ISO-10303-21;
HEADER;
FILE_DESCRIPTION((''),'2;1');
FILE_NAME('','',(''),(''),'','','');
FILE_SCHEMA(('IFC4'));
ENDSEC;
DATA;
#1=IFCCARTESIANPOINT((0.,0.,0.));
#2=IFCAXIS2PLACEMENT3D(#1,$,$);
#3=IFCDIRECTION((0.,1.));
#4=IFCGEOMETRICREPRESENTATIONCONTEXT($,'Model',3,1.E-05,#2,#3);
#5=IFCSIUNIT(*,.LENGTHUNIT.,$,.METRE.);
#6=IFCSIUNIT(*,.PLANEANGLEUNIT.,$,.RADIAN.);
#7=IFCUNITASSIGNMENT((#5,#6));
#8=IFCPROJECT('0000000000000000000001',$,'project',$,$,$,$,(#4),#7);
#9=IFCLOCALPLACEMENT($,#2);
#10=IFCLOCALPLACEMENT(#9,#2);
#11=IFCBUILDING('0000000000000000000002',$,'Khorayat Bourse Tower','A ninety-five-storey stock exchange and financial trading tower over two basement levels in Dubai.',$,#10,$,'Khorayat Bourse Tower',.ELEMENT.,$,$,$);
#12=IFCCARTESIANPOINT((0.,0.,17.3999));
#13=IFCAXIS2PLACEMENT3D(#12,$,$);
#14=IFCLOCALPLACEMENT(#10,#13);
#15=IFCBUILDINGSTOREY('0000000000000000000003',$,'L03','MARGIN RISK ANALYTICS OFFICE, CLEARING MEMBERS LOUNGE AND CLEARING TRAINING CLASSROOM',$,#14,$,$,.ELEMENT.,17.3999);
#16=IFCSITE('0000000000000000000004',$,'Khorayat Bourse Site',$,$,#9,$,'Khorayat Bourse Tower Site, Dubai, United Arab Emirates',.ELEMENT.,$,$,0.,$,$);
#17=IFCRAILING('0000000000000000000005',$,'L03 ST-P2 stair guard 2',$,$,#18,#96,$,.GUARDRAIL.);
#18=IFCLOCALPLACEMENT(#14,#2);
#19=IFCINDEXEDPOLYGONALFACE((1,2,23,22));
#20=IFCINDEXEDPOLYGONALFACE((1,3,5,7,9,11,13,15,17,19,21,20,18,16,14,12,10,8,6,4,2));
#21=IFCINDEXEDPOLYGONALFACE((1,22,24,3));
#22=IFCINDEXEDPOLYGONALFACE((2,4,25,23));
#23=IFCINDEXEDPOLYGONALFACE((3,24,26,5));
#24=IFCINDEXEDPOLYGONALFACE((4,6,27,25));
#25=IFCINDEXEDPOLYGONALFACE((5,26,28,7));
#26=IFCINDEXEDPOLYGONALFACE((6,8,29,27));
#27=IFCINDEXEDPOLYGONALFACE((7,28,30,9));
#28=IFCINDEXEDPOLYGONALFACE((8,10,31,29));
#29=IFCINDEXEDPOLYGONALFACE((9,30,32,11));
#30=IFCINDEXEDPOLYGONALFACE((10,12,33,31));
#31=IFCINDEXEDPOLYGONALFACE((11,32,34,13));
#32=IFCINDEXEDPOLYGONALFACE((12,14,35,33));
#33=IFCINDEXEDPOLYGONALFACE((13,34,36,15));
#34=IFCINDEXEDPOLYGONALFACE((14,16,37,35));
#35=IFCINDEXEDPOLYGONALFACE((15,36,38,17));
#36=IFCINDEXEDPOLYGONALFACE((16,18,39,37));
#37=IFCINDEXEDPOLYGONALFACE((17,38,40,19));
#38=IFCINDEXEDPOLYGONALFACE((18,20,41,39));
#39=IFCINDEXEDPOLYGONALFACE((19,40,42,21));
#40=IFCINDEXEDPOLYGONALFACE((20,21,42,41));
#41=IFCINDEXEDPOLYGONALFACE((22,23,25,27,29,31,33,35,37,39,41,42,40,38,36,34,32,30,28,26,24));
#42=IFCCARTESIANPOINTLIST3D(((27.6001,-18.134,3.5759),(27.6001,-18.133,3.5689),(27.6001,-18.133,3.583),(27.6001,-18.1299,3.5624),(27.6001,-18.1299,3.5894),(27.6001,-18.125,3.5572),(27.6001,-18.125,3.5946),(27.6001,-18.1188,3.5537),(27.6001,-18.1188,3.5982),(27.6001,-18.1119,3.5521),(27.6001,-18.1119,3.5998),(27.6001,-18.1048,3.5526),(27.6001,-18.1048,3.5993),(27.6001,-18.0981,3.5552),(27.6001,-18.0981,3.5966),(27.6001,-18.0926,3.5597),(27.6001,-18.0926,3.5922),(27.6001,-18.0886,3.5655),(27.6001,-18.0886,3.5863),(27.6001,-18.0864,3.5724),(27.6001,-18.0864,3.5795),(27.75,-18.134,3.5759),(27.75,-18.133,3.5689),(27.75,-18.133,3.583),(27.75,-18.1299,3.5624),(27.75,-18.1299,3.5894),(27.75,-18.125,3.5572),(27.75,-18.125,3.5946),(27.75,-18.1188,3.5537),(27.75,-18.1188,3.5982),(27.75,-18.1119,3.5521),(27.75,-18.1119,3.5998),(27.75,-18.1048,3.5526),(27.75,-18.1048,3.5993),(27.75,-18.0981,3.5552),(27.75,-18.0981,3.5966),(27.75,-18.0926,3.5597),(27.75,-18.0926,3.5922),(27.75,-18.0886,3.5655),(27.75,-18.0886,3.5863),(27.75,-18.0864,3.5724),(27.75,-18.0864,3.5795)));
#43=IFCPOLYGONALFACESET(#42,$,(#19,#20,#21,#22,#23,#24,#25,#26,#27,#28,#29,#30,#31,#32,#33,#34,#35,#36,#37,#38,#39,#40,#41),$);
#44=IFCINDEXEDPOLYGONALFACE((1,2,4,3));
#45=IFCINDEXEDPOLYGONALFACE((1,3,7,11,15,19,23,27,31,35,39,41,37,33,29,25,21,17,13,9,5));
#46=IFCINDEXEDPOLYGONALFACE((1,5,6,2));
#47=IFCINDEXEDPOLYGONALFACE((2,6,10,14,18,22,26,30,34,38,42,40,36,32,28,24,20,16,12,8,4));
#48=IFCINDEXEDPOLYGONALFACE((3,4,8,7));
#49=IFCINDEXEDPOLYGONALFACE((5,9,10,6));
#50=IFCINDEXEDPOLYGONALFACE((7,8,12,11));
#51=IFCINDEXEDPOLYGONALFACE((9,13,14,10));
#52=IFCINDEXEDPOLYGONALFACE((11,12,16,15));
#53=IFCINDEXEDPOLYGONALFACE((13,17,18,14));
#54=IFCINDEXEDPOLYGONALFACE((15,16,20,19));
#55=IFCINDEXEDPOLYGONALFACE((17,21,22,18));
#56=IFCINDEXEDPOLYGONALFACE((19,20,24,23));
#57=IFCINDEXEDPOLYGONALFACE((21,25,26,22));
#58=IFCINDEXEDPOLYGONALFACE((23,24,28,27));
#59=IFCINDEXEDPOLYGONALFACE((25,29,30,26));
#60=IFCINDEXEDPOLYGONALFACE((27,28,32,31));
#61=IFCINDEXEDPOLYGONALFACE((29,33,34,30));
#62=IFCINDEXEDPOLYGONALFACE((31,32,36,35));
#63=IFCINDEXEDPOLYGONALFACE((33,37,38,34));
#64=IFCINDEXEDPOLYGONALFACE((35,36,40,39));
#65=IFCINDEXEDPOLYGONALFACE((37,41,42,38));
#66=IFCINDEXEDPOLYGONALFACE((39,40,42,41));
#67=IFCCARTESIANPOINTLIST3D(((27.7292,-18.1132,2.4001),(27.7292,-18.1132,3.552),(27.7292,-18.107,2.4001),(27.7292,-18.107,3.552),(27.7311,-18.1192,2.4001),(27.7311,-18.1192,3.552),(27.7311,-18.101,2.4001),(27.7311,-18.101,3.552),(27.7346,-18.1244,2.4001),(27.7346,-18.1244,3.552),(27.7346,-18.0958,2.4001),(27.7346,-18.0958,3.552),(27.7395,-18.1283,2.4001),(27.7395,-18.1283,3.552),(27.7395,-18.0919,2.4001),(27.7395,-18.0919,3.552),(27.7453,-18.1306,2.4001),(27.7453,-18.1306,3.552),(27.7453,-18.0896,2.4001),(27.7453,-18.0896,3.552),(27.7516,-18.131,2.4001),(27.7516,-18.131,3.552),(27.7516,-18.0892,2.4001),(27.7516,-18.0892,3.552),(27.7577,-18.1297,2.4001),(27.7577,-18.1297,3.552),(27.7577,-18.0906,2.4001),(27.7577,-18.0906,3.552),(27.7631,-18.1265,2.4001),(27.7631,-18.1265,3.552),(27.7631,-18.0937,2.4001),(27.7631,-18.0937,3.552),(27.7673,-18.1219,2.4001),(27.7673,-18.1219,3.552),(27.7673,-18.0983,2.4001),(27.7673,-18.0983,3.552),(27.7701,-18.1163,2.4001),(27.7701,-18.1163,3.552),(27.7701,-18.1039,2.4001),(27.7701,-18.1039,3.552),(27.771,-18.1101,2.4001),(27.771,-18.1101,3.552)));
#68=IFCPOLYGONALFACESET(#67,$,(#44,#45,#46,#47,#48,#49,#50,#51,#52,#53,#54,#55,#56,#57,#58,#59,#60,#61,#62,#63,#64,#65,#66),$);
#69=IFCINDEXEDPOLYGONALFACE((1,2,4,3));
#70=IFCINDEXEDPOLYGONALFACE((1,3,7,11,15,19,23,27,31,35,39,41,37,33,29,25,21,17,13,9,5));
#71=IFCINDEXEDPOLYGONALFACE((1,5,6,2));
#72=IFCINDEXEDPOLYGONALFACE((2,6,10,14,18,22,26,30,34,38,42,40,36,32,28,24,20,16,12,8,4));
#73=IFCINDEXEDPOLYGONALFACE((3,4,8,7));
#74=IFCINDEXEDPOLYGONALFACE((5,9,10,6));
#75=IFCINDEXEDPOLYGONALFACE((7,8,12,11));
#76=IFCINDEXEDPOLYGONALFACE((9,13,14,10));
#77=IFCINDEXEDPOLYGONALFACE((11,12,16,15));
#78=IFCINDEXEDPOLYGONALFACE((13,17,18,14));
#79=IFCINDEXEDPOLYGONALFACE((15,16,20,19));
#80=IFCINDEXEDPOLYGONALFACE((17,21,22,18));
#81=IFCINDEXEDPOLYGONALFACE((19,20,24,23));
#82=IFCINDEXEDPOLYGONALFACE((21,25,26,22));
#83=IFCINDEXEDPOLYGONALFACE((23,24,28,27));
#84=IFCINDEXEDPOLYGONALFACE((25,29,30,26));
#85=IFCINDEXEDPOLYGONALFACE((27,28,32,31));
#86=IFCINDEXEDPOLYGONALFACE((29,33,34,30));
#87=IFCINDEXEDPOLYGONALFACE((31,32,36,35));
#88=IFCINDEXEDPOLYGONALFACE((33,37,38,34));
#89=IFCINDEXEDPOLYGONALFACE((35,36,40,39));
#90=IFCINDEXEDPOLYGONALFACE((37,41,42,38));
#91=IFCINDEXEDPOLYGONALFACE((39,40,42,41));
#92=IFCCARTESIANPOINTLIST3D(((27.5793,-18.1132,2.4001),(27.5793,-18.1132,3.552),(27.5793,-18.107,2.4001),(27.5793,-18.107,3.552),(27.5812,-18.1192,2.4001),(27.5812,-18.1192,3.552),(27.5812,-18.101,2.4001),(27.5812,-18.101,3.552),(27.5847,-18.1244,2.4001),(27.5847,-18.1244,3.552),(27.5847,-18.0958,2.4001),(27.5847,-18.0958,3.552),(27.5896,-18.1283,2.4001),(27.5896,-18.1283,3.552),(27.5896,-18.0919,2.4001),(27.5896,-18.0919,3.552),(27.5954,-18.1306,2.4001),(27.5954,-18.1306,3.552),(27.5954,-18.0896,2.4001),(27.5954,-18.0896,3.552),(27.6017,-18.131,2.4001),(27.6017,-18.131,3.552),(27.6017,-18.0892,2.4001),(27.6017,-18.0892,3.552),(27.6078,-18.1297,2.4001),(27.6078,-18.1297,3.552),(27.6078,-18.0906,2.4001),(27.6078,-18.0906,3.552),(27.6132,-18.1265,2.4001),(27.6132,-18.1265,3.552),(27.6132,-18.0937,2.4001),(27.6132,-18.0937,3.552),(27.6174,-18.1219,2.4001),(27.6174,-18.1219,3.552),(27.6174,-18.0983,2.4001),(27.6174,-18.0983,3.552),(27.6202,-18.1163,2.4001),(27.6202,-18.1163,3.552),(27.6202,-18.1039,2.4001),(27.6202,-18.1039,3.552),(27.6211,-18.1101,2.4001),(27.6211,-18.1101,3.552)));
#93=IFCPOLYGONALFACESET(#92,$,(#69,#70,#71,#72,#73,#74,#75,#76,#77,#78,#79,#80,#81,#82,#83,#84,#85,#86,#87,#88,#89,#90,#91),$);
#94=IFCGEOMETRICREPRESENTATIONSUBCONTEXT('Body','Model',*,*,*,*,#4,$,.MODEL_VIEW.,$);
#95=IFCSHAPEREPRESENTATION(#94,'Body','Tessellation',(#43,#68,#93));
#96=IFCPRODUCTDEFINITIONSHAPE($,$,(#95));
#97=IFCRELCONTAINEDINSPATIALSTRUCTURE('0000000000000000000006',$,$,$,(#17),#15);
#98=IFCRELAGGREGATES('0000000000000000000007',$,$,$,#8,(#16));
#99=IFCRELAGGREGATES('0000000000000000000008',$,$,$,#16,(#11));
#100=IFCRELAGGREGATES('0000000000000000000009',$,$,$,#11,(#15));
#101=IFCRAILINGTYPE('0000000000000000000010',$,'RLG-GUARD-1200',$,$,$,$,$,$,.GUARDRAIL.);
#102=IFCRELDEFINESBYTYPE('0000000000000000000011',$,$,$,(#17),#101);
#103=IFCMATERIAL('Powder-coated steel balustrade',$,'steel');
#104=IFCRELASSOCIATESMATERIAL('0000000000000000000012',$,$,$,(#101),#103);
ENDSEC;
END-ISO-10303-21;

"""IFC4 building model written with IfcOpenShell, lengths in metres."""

from ifc_helpers import new_model, si_unit, direction, frame, origin, origin_2d, place, context, subcontext, project, spatial, circle, extrude, source, transform, mapped, material, type_object, element, save


model = new_model("IFC4")

# Units and contexts
model_context = context("Model", 3, precision=1e-05, world=origin(), true_north=direction((0.0, 1.0)))
body_context = subcontext(model_context, "Body", "Model", "MODEL_VIEW")
ifc_project = project(units=[si_unit("LENGTHUNIT", "METRE"), si_unit("PLANEANGLEUNIT", "RADIAN")], contexts=[model_context])

# Site, building, storey
site_placement = place(None, origin())
site = spatial("IfcSite", under=ifc_project, at=site_placement, Name="Khorayat Bourse Site", LongName="Khorayat Bourse Tower Site, Dubai, United Arab Emirates", CompositionType="ELEMENT", RefElevation=0.0)
building_placement = place(site_placement, origin())
building = spatial("IfcBuilding", under=site, at=building_placement, Name="Khorayat Bourse Tower", Description="A ninety-five-storey stock exchange and financial trading tower over two basement levels in Dubai.", LongName="Khorayat Bourse Tower", CompositionType="ELEMENT")
storey_placement = place(building_placement, frame((0.0, 0.0, 17.3999)))
storey = spatial("IfcBuildingStorey", under=building, at=storey_placement, Name="L03", Description="MARGIN RISK ANALYTICS OFFICE, CLEARING MEMBERS LOUNGE AND CLEARING TRAINING CLASSROOM", CompositionType="ELEMENT", Elevation=17.3999)

# Railing
ifc_material_1 = material(Name="Powder-coated steel balustrade", Category="steel")
railing_type_1 = type_object("IfcRailingType", Name="RLG-GUARD-1200", PredefinedType="GUARDRAIL", material=ifc_material_1)
shared_shape_1 = source(origin(), body_context, "Body", "SweptSolid", [
    extrude(circle(Radius=0.0239, at=origin_2d()), frame((0.0, 0.0, 1.1758), z_axis=(-1.0, 0.0, 0.0), x_axis=(0.0, -1.0, 0.0)), (0.0, 0.0, 1.0), 0.1499),
    extrude(circle(Radius=0.021, at=origin_2d()), origin(), (0.0, 0.0, 1.0), 1.1519),
    extrude(circle(Radius=0.021, at=origin_2d()), frame((-0.1499, 0.0, 0.0)), (0.0, 0.0, 1.0), 1.1519),
])
railing_1_placement = place(storey_placement, frame((27.75, -18.1101, 2.4001)))
element("IfcRailing", 1, at=railing_1_placement, inside=storey, type_object=railing_type_1, Name="L03 ST-P2 stair guard 2", PredefinedType="GUARDRAIL", context=body_context, shape_type="MappedRepresentation", body=[
    mapped(shared_shape_1, transform((0.0, 0.0, 0.0), scale=1.0)),
])

save(model, "model.ifc")
